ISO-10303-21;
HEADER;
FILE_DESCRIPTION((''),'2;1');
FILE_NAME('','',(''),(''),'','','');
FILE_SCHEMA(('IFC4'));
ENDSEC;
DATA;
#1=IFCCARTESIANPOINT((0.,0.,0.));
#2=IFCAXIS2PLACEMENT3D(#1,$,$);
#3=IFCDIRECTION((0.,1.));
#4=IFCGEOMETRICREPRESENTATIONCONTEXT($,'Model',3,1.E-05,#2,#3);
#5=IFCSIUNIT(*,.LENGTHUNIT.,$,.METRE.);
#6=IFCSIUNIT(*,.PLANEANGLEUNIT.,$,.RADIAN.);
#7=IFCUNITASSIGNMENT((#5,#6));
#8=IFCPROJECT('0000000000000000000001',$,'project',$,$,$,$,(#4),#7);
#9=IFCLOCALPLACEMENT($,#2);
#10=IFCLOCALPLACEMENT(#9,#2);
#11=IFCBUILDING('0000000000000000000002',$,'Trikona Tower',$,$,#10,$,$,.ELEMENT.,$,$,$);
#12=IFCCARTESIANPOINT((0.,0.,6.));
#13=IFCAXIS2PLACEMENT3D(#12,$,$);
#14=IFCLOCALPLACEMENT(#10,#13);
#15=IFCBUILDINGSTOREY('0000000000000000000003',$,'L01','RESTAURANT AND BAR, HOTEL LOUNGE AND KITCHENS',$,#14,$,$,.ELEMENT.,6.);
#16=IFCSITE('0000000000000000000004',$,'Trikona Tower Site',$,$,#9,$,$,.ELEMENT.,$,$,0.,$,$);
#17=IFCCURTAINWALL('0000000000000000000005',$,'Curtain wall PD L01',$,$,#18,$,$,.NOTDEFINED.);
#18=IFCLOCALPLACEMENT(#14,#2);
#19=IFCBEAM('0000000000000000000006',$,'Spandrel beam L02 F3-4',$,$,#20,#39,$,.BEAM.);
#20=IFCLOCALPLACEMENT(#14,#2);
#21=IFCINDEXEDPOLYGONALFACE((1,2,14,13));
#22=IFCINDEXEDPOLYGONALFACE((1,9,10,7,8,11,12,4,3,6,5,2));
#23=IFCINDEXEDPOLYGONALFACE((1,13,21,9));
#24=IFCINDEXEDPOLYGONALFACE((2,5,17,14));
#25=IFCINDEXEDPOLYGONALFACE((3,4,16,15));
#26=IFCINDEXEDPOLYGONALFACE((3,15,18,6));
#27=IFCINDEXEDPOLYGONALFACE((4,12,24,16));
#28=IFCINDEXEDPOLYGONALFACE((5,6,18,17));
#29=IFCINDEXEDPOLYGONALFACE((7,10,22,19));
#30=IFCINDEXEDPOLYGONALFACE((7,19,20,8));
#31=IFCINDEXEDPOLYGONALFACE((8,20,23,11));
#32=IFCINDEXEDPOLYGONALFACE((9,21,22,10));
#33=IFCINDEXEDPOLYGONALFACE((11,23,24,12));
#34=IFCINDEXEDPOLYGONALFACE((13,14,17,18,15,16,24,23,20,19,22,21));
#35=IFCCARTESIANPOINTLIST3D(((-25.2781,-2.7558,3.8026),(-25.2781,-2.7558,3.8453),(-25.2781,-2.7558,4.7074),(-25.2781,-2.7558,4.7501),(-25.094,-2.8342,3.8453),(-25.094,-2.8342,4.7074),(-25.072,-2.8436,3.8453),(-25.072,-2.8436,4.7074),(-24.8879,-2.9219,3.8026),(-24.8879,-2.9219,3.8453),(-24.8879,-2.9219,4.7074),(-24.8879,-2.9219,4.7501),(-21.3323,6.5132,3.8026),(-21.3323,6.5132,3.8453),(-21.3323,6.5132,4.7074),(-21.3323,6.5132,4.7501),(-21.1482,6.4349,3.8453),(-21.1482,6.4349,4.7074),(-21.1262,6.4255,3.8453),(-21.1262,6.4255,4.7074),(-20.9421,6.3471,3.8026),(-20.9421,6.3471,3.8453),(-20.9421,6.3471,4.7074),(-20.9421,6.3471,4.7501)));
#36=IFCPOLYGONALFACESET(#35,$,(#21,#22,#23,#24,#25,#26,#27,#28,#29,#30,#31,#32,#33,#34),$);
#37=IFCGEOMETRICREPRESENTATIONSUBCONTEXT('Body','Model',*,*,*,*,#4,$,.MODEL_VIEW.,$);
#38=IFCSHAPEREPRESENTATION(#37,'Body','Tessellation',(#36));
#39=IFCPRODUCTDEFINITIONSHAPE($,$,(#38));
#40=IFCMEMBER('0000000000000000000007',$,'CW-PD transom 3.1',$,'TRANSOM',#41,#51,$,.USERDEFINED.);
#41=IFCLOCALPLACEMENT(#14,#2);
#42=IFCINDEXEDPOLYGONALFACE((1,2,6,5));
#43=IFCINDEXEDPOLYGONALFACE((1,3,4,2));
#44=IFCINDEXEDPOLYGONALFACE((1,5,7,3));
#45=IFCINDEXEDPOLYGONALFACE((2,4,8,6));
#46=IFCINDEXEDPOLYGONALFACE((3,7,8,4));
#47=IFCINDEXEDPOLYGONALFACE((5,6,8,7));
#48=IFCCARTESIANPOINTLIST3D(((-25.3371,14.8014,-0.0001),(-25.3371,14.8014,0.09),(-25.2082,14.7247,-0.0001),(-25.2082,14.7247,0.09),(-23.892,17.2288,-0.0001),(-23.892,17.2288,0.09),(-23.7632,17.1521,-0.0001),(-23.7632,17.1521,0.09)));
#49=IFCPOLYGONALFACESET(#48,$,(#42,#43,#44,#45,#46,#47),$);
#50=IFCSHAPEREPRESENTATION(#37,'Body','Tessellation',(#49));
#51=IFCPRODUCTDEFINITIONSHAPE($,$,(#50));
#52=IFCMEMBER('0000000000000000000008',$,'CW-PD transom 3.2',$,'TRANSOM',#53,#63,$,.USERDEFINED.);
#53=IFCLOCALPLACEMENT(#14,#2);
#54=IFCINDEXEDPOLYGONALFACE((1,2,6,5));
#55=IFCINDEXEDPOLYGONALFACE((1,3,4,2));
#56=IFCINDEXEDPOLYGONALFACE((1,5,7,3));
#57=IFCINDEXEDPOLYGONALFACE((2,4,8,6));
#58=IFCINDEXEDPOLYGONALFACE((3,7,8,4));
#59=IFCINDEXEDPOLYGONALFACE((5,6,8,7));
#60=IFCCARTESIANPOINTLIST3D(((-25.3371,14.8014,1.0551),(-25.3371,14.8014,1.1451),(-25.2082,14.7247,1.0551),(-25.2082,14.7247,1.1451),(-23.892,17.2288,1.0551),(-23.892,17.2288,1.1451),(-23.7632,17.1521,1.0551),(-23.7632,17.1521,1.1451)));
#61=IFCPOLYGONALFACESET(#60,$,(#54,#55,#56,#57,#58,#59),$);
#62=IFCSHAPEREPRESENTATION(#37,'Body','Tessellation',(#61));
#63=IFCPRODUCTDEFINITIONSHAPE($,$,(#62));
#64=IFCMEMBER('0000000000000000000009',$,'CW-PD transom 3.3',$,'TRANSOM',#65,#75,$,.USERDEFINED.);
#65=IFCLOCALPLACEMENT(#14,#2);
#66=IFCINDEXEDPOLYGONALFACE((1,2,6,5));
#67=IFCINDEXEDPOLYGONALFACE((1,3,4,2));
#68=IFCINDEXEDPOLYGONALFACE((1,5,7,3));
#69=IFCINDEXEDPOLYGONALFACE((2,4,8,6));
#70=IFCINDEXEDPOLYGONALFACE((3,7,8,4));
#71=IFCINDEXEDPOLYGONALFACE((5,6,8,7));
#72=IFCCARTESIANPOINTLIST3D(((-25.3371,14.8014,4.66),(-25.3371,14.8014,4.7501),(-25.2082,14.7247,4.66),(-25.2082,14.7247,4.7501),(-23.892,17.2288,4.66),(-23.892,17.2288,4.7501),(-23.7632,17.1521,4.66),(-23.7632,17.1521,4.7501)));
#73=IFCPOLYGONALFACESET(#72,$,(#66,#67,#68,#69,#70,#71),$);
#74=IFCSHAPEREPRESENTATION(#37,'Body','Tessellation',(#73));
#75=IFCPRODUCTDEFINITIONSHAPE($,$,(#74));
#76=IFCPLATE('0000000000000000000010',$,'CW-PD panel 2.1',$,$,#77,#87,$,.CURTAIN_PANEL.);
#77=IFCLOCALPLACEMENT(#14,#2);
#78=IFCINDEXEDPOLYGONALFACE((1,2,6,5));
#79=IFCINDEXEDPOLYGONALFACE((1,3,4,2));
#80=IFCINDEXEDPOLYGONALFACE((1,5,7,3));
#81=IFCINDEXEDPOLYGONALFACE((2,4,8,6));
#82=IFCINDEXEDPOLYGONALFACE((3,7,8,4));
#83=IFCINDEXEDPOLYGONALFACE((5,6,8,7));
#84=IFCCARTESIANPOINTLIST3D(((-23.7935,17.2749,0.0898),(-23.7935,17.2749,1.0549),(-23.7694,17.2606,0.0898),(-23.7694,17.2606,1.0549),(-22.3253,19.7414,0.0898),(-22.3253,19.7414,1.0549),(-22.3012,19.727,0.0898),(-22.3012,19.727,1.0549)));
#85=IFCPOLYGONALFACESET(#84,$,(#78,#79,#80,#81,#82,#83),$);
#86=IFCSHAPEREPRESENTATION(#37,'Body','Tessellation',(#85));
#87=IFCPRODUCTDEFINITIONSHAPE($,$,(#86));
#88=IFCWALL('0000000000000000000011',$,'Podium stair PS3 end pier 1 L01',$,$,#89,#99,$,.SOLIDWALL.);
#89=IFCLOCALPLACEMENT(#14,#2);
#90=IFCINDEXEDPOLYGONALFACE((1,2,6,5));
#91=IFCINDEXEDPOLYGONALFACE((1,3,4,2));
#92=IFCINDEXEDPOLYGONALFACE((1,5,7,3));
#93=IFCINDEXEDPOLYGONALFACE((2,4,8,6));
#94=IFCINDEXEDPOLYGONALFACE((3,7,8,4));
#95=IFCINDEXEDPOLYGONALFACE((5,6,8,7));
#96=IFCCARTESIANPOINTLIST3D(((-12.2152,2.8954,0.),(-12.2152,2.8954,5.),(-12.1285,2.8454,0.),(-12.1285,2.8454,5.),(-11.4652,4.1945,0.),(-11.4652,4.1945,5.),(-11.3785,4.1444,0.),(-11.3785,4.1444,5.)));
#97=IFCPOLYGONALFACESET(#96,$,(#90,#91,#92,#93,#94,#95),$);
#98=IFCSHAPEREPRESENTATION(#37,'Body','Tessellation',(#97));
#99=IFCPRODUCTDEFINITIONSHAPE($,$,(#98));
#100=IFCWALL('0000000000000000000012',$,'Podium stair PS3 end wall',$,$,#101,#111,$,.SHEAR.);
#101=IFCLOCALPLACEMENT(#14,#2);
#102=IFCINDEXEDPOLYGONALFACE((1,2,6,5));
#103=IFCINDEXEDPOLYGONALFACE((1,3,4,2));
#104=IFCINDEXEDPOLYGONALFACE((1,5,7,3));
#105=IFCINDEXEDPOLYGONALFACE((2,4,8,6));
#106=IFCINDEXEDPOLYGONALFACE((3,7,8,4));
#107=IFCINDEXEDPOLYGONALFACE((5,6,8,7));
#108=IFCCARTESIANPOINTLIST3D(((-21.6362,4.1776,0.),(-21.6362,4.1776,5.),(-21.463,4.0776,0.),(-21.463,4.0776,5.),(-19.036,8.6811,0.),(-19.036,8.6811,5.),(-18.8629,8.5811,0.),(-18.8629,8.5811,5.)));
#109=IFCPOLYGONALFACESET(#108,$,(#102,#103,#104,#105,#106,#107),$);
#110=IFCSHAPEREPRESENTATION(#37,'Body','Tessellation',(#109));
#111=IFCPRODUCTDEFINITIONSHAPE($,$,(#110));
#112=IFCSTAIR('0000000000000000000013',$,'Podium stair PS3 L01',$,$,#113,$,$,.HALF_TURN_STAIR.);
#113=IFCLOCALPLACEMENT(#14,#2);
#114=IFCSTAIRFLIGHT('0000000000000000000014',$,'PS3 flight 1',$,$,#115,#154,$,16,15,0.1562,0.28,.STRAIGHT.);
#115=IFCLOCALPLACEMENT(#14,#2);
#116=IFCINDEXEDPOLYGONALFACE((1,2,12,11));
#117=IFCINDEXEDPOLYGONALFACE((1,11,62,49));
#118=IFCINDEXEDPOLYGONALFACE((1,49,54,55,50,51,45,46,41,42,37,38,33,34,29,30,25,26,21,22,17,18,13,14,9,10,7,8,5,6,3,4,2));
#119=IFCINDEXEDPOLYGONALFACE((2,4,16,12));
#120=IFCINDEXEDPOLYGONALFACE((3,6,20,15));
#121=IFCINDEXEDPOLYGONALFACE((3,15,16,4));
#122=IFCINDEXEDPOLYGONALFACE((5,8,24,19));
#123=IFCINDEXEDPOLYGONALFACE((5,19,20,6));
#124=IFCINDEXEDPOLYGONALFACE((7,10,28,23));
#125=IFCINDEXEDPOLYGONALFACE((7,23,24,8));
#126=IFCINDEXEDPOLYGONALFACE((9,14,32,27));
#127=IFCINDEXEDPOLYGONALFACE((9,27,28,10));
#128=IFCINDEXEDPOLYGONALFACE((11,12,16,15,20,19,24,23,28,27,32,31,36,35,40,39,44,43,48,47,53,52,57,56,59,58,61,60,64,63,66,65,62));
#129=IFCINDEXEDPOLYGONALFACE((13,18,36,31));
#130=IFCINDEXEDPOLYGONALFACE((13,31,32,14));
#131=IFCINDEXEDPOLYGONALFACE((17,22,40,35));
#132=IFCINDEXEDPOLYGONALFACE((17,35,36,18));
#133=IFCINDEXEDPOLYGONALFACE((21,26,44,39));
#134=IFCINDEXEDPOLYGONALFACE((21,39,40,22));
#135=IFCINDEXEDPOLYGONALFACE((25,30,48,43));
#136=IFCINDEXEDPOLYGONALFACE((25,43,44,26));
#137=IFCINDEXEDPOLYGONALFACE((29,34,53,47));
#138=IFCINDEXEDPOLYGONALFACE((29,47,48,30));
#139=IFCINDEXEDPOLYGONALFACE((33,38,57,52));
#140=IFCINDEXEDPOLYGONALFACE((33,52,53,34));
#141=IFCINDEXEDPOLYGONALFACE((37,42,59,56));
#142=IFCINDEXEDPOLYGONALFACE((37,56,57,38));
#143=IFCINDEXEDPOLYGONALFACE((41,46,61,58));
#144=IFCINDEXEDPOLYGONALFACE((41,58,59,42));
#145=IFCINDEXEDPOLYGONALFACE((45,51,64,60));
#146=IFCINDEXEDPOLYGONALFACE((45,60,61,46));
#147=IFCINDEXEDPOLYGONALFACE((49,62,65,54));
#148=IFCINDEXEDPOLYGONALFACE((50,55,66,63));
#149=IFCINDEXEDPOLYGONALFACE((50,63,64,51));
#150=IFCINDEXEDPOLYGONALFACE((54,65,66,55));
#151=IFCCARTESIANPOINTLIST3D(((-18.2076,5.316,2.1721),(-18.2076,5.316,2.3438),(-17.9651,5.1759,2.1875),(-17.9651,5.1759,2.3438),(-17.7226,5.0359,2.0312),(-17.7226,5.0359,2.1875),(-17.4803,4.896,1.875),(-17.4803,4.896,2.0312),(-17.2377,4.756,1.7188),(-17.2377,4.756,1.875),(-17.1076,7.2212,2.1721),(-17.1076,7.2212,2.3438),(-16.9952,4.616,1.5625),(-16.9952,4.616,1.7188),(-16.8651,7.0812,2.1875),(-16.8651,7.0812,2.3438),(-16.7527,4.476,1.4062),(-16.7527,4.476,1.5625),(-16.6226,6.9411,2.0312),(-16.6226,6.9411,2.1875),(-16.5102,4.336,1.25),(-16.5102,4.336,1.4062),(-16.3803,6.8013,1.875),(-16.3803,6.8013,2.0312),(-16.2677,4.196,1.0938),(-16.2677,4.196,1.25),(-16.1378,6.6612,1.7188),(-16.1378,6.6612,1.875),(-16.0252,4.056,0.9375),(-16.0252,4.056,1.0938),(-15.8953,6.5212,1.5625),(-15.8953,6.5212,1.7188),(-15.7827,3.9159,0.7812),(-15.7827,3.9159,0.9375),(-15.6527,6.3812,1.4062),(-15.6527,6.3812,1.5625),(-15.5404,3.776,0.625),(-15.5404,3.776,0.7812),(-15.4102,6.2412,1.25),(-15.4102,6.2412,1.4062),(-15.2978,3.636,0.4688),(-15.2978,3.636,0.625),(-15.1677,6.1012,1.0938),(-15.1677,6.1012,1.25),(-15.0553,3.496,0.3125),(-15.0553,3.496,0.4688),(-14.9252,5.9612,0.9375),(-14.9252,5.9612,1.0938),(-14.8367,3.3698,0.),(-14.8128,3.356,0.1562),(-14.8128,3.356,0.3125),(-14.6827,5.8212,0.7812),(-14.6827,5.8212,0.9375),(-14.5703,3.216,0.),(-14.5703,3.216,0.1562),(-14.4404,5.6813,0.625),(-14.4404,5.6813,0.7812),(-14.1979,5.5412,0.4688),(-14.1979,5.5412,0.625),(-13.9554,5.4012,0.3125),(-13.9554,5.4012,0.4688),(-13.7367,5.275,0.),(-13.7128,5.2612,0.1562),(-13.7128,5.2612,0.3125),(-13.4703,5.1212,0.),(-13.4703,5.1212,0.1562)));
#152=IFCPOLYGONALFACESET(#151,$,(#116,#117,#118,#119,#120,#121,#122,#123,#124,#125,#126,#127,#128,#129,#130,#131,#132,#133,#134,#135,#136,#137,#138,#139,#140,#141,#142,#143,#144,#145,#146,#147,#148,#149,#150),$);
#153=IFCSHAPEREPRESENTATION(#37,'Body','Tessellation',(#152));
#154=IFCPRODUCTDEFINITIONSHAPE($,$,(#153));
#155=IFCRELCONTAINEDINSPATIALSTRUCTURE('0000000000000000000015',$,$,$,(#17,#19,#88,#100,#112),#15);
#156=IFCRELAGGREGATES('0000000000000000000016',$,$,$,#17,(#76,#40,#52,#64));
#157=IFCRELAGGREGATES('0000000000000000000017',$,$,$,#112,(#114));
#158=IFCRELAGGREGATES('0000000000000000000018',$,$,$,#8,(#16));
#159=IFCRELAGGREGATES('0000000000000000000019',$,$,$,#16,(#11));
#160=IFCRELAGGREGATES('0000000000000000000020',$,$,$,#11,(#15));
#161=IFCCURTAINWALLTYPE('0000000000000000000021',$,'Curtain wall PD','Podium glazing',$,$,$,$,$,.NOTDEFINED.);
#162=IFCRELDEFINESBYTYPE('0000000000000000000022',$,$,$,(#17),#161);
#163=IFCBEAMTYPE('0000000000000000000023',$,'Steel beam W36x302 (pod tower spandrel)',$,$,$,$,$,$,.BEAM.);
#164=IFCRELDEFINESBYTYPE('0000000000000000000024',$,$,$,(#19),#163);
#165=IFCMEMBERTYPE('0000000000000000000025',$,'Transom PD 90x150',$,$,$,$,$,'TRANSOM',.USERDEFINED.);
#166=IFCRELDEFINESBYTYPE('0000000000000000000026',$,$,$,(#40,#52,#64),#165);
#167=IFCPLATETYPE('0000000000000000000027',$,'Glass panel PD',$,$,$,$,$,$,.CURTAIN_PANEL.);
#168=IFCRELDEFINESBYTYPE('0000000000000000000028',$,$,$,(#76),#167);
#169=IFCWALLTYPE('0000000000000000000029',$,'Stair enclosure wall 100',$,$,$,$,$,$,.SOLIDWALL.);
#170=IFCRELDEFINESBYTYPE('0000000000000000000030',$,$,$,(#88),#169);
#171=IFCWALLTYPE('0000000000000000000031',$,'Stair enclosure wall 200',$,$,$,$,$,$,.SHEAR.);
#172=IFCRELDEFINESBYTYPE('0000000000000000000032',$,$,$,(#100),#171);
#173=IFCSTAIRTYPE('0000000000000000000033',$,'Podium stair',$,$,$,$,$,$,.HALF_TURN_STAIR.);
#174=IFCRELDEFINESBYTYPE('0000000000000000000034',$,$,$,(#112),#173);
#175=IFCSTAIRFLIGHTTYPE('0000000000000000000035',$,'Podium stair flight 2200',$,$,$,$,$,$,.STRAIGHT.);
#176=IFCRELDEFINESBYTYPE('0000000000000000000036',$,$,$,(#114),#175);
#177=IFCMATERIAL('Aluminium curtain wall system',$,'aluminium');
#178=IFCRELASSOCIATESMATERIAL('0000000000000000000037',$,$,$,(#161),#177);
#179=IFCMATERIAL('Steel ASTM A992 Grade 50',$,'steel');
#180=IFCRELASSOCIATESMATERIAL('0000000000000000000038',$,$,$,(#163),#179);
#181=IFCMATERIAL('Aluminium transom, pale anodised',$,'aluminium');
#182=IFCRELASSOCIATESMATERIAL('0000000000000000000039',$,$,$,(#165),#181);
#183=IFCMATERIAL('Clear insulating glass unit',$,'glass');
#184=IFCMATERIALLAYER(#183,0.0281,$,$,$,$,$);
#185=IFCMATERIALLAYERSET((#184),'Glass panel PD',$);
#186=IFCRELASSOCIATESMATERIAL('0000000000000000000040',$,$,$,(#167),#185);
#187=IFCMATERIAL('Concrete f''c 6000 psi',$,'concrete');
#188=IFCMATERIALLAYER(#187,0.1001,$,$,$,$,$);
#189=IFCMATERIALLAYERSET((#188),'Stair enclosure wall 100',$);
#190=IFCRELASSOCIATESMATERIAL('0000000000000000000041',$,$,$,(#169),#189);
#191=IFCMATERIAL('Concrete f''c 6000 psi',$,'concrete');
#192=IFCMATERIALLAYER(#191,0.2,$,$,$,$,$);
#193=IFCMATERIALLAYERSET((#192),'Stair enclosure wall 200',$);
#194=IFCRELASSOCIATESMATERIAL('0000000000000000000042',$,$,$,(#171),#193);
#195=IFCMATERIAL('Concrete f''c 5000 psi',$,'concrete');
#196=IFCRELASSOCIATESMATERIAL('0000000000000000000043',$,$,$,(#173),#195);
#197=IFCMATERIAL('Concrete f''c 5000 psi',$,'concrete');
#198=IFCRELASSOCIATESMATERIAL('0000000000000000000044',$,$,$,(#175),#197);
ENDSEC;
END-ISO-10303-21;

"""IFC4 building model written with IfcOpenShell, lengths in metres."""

from ifc_helpers import new_model, si_unit, direction, frame, frame_2d, origin, origin_2d, place, context, subcontext, project, spatial, polyline, rectangle, i_section, outline, extrude, material, layer, layer_set, material_profile, profile_set, type_object, element, aggregate, save


model = new_model("IFC4")

# Units and contexts
model_context = context("Model", 3, precision=1e-05, world=origin(), true_north=direction((0.0, 1.0)))
body_context = subcontext(model_context, "Body", "Model", "MODEL_VIEW")
ifc_project = project(units=[si_unit("LENGTHUNIT", "METRE"), si_unit("PLANEANGLEUNIT", "RADIAN")], contexts=[model_context])

# Site, building, storey
site_placement = place(None, origin())
site = spatial("IfcSite", under=ifc_project, at=site_placement, Name="Trikona Tower Site", CompositionType="ELEMENT", RefElevation=0.0)
building_placement = place(site_placement, origin())
building = spatial("IfcBuilding", under=site, at=building_placement, Name="Trikona Tower", CompositionType="ELEMENT")
storey_placement = place(building_placement, frame((0.0, 0.0, 6.0)))
storey = spatial("IfcBuildingStorey", under=building, at=storey_placement, Name="L01", Description="RESTAURANT AND BAR, HOTEL LOUNGE AND KITCHENS", CompositionType="ELEMENT", Elevation=6.0)

# Curtain wall
ifc_material_1 = material(Name="Aluminium curtain wall system", Category="aluminium")
curtain_wall_type = type_object("IfcCurtainWallType", Name="Curtain wall PD", Description="Podium glazing", PredefinedType="NOTDEFINED", material=ifc_material_1)
curtain_wall_placement = place(storey_placement, origin())
curtain_wall = element("IfcCurtainWall", 1, at=curtain_wall_placement, inside=storey, type_object=curtain_wall_type, Name="Curtain wall PD L01", PredefinedType="NOTDEFINED")

# Beam
ifc_material_2 = material(Name="Steel ASTM A992 Grade 50", Category="steel")
ifc_material_profile_1 = material_profile(ifc_material_2, i_section(OverallWidth=0.4241, OverallDepth=0.9475, WebThickness=0.0239, FlangeThickness=0.0427, at=origin_2d()), Name="W36X302")
ifc_profile_set_1 = profile_set([ifc_material_profile_1], Name="Steel ASTM A992 Grade 50")
beam_type_1 = type_object("IfcBeamType", Name="Steel beam W36x302 (pod tower spandrel)", PredefinedType="BEAM", material=ifc_profile_set_1)
beam_1_placement = place(storey_placement, frame((-21.1372, 6.4302, 4.2764), z_axis=(-0.391684, -0.9201, 0.0), x_axis=(0.9201, -0.391684, 0.0)))
element("IfcBeam", 2, at=beam_1_placement, inside=storey, type_object=beam_type_1, Name="Spandrel beam L02 F3-4", PredefinedType="BEAM", context=body_context, shape_type="SweptSolid", body=[
    extrude(i_section(OverallWidth=0.4241, OverallDepth=0.9475, WebThickness=0.0239, FlangeThickness=0.0427, at=origin_2d()), origin(), (0.0, 0.0, 1.0), 10.074),
])

# Members
ifc_material_3 = material(Name="Aluminium transom, pale anodised", Category="aluminium")
ifc_material_profile_2 = material_profile(ifc_material_3, rectangle(XDim=0.1499, YDim=0.0901, at=origin_2d()), Name="TRN-PD")
ifc_profile_set_2 = profile_set([ifc_material_profile_2], Name="Aluminium transom, pale anodised")
member_type_1 = type_object("IfcMemberType", Name="Transom PD 90x150", ElementType="TRANSOM", PredefinedType="USERDEFINED", material=ifc_profile_set_2)
member_1_placement = place(storey_placement, frame((-23.8276, 17.1904, 0.0449), z_axis=(-0.511519, -0.859272, 0.0), x_axis=(0.859272, -0.511519, 0.0)))
member_1 = element("IfcMember", 3, at=member_1_placement, type_object=member_type_1, Name="CW-PD transom 3.1", ObjectType="TRANSOM", PredefinedType="USERDEFINED", context=body_context, shape_type="SweptSolid", body=[
    extrude(rectangle(XDim=0.1499, YDim=0.0901, at=origin_2d()), origin(), (0.0, 0.0, 1.0), 2.825),
])
member_2_placement = place(storey_placement, frame((-23.8276, 17.1904, 1.1001), z_axis=(-0.511519, -0.859272, 0.0), x_axis=(0.859272, -0.511519, 0.0)))
member_2 = element("IfcMember", 4, at=member_2_placement, type_object=member_type_1, Name="CW-PD transom 3.2", ObjectType="TRANSOM", PredefinedType="USERDEFINED", context=body_context, shape_type="SweptSolid", body=[
    extrude(rectangle(XDim=0.1499, YDim=0.0901, at=origin_2d()), origin(), (0.0, 0.0, 1.0), 2.825),
])
member_3_placement = place(storey_placement, frame((-23.8276, 17.1904, 4.7051), z_axis=(-0.511519, -0.859272, 0.0), x_axis=(0.859272, -0.511519, 0.0)))
member_3 = element("IfcMember", 5, at=member_3_placement, type_object=member_type_1, Name="CW-PD transom 3.3", ObjectType="TRANSOM", PredefinedType="USERDEFINED", context=body_context, shape_type="SweptSolid", body=[
    extrude(rectangle(XDim=0.1499, YDim=0.0901, at=origin_2d()), origin(), (0.0, 0.0, 1.0), 2.825),
])

# Plate
ifc_material_4 = material(Name="Clear insulating glass unit", Category="glass")
ifc_layer_1 = layer(ifc_material_4, 0.0281)
ifc_layer_set_1 = layer_set([ifc_layer_1], Name="Glass panel PD")
plate_type = type_object("IfcPlateType", Name="Glass panel PD", PredefinedType="CURTAIN_PANEL", material=ifc_layer_set_1)
plate_placement = place(storey_placement, frame((-23.0474, 18.501, 0.0898), z_axis=(0.0, 0.0, 1.0), x_axis=(-0.511499, -0.859284, 0.0)))
plate = element("IfcPlate", 6, at=plate_placement, type_object=plate_type, Name="CW-PD panel 2.1", PredefinedType="CURTAIN_PANEL", context=body_context, shape_type="SweptSolid", body=[
    extrude(rectangle(XDim=2.8704, YDim=0.0281, at=origin_2d()), origin(), (0.0, 0.0, 1.0), 0.9651),
])
aggregate(curtain_wall, [plate, member_1, member_2, member_3])

# Walls
ifc_material_5 = material(Name="Concrete f'c 6000 psi", Category="concrete")
ifc_layer_2 = layer(ifc_material_5, 0.1001)
ifc_layer_set_2 = layer_set([ifc_layer_2], Name="Stair enclosure wall 100")
wall_type_1 = type_object("IfcWallType", Name="Stair enclosure wall 100", PredefinedType="SOLIDWALL", material=ifc_layer_set_2)
wall_1_placement = place(storey_placement, frame((-11.4219, 4.1694, 0.0), z_axis=(0.0, 0.0, 1.0), x_axis=(-0.49999, -0.866031, 0.0)))
element("IfcWall", 7, at=wall_1_placement, inside=storey, type_object=wall_type_1, Name="Podium stair PS3 end pier 1 L01", PredefinedType="SOLIDWALL", context=body_context, shape_type="SweptSolid", body=[
    extrude(rectangle(XDim=1.5, YDim=0.1001, at=frame_2d((0.75, 0.0))), origin(), (0.0, 0.0, 1.0), 5.0),
])
ifc_material_6 = material(Name="Concrete f'c 6000 psi", Category="concrete")
ifc_layer_3 = layer(ifc_material_6, 0.2)
ifc_layer_set_3 = layer_set([ifc_layer_3], Name="Stair enclosure wall 200")
wall_type_2 = type_object("IfcWallType", Name="Stair enclosure wall 200", PredefinedType="SHEAR", material=ifc_layer_set_3)
wall_2_placement = place(storey_placement, frame((-18.9495, 8.6311, 0.0), z_axis=(0.0, 0.0, 1.0), x_axis=(-0.500007, -0.866021, 0.0)))
element("IfcWall", 8, at=wall_2_placement, inside=storey, type_object=wall_type_2, Name="Podium stair PS3 end wall", PredefinedType="SHEAR", context=body_context, shape_type="SweptSolid", body=[
    extrude(rectangle(XDim=5.2002, YDim=0.2, at=frame_2d((2.6001, 0.0))), origin(), (0.0, 0.0, 1.0), 5.0),
])

# Stair, stair flight
ifc_material_7 = material(Name="Concrete f'c 5000 psi", Category="concrete")
stair_type = type_object("IfcStairType", Name="Podium stair", PredefinedType="HALF_TURN_STAIR", material=ifc_material_7)
stair_placement = place(storey_placement, origin())
stair = element("IfcStair", 9, at=stair_placement, inside=storey, type_object=stair_type, Name="Podium stair PS3 L01", PredefinedType="HALF_TURN_STAIR")
ifc_material_8 = material(Name="Concrete f'c 5000 psi", Category="concrete")
stair_flight_type = type_object("IfcStairFlightType", Name="Podium stair flight 2200", PredefinedType="STRAIGHT", material=ifc_material_8)
stair_flight_1_placement = place(storey_placement, frame((-14.0203, 4.1687, 0.0), z_axis=(0.0, 0.0, 1.0), x_axis=(-0.866025, 0.5, 0.0)))
stair_flight_1 = element("IfcStairFlight", 10, at=stair_flight_1_placement, type_object=stair_flight_type, Name="PS3 flight 1", NumberOfRisers=16, NumberOfTreads=15, PredefinedType="STRAIGHT", RiserHeight=0.1562, TreadLength=0.28, context=body_context, shape_type="SweptSolid", body=[
    extrude(outline(polyline([(0.0, 0.0), (0.0, 0.1562), (0.28, 0.1562), (0.28, 0.3125), (0.5601, 0.3125), (0.5601, 0.4688), (0.8401, 0.4688), (0.8401, 0.625), (1.1201, 0.625), (1.1201, 0.7812), (1.3999, 0.7812), (1.3999, 0.9375), (1.6799, 0.9375), (1.6799, 1.0938), (1.96, 1.0938), (1.96, 1.25), (2.24, 1.25), (2.24, 1.4062), (2.52, 1.4062), (2.52, 1.5625), (2.8, 1.5625), (2.8, 1.7188), (3.0801, 1.7188), (3.0801, 1.875), (3.3601, 1.875), (3.3601, 2.0312), (3.6399, 2.0312), (3.6399, 2.1875), (3.9199, 2.1875), (3.9199, 2.3438), (4.2, 2.3438), (4.2, 2.5), (4.2, 2.1721), (0.3076, 0.0), (0.0, 0.0)])), frame((0.0, 1.1001, 0.0), z_axis=(0.0, -1.0, 0.0), x_axis=(1.0, 0.0, 0.0)), (0.0, 0.0, 1.0), 2.2),
])
aggregate(stair, [stair_flight_1])

save(model, "model.ifc")
